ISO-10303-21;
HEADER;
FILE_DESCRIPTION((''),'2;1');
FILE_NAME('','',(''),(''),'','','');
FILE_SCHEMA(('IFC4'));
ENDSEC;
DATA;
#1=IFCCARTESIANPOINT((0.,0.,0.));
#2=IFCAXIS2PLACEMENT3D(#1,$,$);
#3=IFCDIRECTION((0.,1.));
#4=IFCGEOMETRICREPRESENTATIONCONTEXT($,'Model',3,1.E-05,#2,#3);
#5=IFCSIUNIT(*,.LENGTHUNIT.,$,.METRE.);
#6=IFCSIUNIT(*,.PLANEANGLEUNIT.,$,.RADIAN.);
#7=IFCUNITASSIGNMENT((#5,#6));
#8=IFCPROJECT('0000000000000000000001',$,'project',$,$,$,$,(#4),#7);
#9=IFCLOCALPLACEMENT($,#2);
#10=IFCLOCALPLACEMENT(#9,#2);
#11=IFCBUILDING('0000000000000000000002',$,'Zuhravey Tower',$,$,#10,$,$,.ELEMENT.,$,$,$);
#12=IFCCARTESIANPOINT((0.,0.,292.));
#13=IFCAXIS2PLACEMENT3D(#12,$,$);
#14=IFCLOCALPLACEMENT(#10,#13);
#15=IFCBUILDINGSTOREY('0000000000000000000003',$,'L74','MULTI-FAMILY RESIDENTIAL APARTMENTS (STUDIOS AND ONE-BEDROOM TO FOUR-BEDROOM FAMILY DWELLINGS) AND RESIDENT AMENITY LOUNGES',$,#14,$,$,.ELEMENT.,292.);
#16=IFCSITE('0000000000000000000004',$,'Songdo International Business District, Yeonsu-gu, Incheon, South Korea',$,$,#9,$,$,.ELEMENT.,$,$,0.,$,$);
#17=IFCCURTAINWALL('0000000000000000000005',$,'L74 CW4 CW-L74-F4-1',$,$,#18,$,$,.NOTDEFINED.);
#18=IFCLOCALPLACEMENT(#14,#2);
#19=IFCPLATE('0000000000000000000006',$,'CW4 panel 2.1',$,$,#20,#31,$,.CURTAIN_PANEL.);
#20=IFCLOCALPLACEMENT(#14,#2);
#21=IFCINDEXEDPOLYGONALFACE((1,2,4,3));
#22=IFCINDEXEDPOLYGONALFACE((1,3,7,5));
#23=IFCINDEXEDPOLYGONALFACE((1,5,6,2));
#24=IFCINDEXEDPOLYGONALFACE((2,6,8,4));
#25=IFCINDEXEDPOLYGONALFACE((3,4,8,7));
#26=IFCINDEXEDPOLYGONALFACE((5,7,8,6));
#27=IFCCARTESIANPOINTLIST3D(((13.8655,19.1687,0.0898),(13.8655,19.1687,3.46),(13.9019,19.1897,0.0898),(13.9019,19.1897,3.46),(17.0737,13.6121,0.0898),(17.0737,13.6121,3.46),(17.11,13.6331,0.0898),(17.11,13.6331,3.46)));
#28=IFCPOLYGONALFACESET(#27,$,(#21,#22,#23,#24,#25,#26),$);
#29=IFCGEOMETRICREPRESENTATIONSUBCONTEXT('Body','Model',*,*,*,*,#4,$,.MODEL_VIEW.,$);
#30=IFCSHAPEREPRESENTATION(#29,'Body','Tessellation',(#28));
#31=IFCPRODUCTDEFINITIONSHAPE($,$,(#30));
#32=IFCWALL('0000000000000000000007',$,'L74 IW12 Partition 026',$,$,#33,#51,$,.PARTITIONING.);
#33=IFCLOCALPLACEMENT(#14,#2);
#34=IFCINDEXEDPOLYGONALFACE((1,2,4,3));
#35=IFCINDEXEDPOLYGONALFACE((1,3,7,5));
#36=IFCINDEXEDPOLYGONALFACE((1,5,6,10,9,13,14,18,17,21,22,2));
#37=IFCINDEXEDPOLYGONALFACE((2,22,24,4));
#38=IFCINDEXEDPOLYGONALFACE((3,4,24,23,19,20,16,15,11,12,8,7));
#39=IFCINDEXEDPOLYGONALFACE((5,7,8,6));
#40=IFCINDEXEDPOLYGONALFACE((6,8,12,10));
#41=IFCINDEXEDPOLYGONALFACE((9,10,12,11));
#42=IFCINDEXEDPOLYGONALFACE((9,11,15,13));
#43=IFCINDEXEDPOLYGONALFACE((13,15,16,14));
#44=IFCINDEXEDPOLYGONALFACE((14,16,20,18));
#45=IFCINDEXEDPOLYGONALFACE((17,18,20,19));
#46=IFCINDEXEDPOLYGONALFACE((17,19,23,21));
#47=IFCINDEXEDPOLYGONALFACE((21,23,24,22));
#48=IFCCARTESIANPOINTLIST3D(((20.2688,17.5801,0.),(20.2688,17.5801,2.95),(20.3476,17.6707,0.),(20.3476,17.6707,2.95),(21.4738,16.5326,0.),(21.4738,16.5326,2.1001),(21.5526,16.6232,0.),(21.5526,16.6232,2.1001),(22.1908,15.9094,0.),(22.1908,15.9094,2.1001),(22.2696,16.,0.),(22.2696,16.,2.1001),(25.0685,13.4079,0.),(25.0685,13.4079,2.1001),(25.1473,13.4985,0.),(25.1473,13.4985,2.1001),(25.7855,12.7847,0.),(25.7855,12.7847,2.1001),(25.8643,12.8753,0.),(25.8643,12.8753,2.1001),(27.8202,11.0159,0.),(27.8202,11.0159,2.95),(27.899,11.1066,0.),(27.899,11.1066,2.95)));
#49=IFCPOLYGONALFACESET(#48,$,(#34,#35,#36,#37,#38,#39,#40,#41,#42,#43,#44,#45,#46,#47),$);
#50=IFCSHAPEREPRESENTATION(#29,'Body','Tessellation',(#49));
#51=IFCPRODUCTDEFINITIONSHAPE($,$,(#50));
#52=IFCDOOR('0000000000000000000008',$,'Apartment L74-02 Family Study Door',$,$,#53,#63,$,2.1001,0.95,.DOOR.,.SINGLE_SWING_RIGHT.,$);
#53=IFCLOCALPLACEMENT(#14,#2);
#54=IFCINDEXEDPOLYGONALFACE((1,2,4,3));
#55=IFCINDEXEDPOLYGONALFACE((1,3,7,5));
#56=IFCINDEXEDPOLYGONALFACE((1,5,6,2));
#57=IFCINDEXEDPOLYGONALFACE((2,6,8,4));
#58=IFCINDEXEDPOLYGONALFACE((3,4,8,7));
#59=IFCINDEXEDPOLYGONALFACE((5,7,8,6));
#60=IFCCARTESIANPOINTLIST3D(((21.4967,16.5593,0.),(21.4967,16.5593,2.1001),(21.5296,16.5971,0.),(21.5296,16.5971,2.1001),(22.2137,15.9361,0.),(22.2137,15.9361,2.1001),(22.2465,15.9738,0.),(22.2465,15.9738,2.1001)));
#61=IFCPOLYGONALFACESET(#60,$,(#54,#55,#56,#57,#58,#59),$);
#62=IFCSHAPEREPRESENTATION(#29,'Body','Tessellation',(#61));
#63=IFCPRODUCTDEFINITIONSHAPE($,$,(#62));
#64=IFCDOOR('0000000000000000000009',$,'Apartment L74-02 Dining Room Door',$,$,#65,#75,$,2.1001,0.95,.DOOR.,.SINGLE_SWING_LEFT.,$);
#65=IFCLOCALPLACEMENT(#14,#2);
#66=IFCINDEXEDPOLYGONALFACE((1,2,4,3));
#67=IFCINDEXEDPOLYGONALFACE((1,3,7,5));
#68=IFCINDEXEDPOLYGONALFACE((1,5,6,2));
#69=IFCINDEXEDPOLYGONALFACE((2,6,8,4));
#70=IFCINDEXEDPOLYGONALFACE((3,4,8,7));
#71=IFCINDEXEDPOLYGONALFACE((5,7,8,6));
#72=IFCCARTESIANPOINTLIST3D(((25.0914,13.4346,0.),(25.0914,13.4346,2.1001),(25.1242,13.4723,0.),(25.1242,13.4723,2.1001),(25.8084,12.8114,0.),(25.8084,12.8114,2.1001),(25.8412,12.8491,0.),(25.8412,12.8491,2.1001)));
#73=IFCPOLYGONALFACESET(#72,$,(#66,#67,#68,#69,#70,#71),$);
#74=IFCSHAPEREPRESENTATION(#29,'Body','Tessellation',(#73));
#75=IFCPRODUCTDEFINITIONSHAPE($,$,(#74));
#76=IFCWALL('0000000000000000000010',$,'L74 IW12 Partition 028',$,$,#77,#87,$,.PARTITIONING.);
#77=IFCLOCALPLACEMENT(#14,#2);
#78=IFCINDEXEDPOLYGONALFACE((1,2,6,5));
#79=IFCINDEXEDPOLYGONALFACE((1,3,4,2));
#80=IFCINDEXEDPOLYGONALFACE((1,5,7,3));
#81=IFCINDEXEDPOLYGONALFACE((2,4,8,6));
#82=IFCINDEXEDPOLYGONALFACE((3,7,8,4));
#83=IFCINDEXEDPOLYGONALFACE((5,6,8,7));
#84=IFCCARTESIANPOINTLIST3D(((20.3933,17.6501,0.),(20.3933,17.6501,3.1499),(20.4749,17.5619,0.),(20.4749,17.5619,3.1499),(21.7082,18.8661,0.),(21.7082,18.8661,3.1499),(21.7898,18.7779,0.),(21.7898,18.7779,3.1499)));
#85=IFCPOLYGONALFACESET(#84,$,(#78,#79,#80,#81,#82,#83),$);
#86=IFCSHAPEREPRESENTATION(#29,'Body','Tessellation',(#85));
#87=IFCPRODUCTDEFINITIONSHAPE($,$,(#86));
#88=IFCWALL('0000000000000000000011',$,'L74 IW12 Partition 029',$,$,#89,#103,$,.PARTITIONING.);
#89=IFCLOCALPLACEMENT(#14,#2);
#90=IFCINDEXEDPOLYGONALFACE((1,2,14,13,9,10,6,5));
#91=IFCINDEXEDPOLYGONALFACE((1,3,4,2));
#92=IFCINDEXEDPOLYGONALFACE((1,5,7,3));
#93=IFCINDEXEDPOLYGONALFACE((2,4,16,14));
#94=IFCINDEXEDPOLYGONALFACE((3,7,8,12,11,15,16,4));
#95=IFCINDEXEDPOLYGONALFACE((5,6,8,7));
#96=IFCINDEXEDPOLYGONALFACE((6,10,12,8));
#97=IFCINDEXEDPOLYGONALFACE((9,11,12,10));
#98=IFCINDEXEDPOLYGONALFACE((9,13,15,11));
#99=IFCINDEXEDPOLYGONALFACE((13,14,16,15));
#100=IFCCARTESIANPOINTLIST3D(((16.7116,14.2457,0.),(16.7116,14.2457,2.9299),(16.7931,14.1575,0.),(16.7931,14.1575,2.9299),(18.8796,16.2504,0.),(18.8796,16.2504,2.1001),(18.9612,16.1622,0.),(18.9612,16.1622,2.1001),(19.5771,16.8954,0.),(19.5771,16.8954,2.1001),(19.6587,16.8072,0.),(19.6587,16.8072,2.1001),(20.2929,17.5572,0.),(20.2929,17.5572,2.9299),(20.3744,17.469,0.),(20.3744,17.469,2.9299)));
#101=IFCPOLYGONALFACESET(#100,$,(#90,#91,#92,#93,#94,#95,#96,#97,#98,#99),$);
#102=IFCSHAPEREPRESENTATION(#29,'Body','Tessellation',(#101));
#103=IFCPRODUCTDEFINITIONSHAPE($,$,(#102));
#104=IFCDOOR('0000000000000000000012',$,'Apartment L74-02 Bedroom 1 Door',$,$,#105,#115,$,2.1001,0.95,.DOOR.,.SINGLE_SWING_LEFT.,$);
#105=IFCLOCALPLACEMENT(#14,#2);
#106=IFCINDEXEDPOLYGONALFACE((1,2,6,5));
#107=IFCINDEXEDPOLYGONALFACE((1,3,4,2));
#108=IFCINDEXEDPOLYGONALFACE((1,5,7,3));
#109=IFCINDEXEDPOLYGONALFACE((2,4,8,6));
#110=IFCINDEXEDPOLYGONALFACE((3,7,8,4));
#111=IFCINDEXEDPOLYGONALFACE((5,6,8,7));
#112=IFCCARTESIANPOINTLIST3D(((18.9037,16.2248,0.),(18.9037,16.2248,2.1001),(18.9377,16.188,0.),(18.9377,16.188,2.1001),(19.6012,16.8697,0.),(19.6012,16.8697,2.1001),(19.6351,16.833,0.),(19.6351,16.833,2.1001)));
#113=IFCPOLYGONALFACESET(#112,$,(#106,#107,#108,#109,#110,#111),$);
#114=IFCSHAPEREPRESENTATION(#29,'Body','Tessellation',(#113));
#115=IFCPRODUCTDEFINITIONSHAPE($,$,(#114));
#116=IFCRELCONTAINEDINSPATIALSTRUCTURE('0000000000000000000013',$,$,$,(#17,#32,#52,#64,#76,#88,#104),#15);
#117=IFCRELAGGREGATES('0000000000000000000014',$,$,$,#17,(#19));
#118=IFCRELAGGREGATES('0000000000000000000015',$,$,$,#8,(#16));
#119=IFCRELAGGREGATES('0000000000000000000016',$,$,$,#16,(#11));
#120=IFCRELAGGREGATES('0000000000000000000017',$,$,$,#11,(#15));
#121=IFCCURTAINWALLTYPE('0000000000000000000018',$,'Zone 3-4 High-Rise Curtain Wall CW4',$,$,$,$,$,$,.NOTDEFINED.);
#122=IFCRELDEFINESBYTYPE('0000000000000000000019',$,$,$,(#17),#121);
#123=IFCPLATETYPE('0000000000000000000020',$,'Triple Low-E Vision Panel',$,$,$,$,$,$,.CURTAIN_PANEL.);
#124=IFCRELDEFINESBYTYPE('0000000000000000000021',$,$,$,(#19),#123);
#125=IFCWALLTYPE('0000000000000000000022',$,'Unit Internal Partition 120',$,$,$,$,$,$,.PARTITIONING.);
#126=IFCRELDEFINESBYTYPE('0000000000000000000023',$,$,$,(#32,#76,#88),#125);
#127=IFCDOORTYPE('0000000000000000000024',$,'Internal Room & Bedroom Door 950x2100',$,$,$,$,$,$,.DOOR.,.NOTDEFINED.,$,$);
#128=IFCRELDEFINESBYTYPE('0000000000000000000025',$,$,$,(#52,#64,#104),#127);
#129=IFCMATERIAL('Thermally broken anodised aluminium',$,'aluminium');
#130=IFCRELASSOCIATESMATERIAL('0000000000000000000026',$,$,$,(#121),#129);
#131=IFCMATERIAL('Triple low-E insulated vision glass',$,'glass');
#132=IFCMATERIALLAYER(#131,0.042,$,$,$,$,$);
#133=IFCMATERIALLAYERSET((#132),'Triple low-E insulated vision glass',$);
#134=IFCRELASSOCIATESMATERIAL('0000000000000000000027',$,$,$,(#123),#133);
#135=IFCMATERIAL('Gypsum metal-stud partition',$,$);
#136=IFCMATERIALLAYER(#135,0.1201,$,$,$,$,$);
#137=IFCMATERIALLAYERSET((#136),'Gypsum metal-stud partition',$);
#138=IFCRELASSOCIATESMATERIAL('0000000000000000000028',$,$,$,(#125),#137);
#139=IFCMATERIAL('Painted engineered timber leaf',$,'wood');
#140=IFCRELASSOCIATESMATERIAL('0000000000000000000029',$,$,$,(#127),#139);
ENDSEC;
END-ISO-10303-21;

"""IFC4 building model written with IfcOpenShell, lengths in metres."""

from ifc_helpers import new_model, si_unit, direction, frame, frame_2d, origin, origin_2d, place, context, subcontext, project, spatial, rectangle, extrude, material, layer, layer_set, type_object, element, fill, aggregate, save


model = new_model("IFC4")

# Units and contexts
model_context = context("Model", 3, precision=1e-05, world=origin(), true_north=direction((0.0, 1.0)))
body_context = subcontext(model_context, "Body", "Model", "MODEL_VIEW")
ifc_project = project(units=[si_unit("LENGTHUNIT", "METRE"), si_unit("PLANEANGLEUNIT", "RADIAN")], contexts=[model_context])

# Site, building, storey
site_placement = place(None, origin())
site = spatial("IfcSite", under=ifc_project, at=site_placement, Name="Songdo International Business District, Yeonsu-gu, Incheon, South Korea", CompositionType="ELEMENT", RefElevation=0.0)
building_placement = place(site_placement, origin())
building = spatial("IfcBuilding", under=site, at=building_placement, Name="Zuhravey Tower", CompositionType="ELEMENT")
storey_placement = place(building_placement, frame((0.0, 0.0, 292.0)))
storey = spatial("IfcBuildingStorey", under=building, at=storey_placement, Name="L74", Description="MULTI-FAMILY RESIDENTIAL APARTMENTS (STUDIOS AND ONE-BEDROOM TO FOUR-BEDROOM FAMILY DWELLINGS) AND RESIDENT AMENITY LOUNGES", CompositionType="ELEMENT", Elevation=292.0)

# Curtain wall
ifc_material_1 = material(Name="Thermally broken anodised aluminium", Category="aluminium")
curtain_wall_type = type_object("IfcCurtainWallType", Name="Zone 3-4 High-Rise Curtain Wall CW4", PredefinedType="NOTDEFINED", material=ifc_material_1)
curtain_wall_placement = place(storey_placement, origin())
curtain_wall = element("IfcCurtainWall", 1, at=curtain_wall_placement, inside=storey, type_object=curtain_wall_type, Name="L74 CW4 CW-L74-F4-1", PredefinedType="NOTDEFINED")

# Plate
ifc_material_2 = material(Name="Triple low-E insulated vision glass", Category="glass")
ifc_layer_1 = layer(ifc_material_2, 0.042)
ifc_layer_set_1 = layer_set([ifc_layer_1], Name="Triple low-E insulated vision glass")
plate_type_1 = type_object("IfcPlateType", Name="Triple Low-E Vision Panel", PredefinedType="CURTAIN_PANEL", material=ifc_layer_set_1)
plate_1_placement = place(storey_placement, frame((15.4878, 16.4009, 0.0898), z_axis=(0.0, 0.0, 1.0), x_axis=(-0.500001, 0.866025, 0.0)))
plate_1 = element("IfcPlate", 2, at=plate_1_placement, type_object=plate_type_1, Name="CW4 panel 2.1", PredefinedType="CURTAIN_PANEL", context=body_context, shape_type="SweptSolid", body=[
    extrude(rectangle(XDim=6.4163, YDim=0.042, at=origin_2d()), origin(), (0.0, 0.0, 1.0), 3.3701),
])
aggregate(curtain_wall, [plate_1])

# Wall, openings, doors
ifc_material_3 = material(Name="Gypsum metal-stud partition")
ifc_layer_2 = layer(ifc_material_3, 0.1201)
ifc_layer_set_2 = layer_set([ifc_layer_2], Name="Gypsum metal-stud partition")
wall_type = type_object("IfcWallType", Name="Unit Internal Partition 120", PredefinedType="PARTITIONING", material=ifc_layer_set_2)
wall_1_placement = place(storey_placement, frame((20.3081, 17.6255, 0.0), z_axis=(0.0, 0.0, 1.0), x_axis=(0.754721, -0.656046, 0.0)))
wall_1 = element("IfcWall", 3, at=wall_1_placement, inside=storey, type_object=wall_type, Name="L74 IW12 Partition 026", PredefinedType="PARTITIONING", context=body_context, shape_type="SweptSolid", body=[
    extrude(rectangle(XDim=10.0056, YDim=0.1201, at=frame_2d((5.0029, 0.0))), origin(), (0.0, 0.0, 1.0), 2.95),
])
opening_1_placement = place(wall_1_placement, frame((1.5967, 0.0, 0.0)))
opening_1 = element("IfcOpeningElement", 4, at=opening_1_placement, cuts=wall_1, PredefinedType="OPENING", context=body_context, shape_type="SweptSolid", body=[
    extrude(rectangle(XDim=0.95, YDim=2.1001, at=frame_2d((0.4751, 1.05))), frame((0.0, 0.072, 0.0), z_axis=(0.0, -1.0, 0.0), x_axis=(1.0, 0.0, 0.0)), (0.0, 0.0, 1.0), 0.144),
])
opening_2_placement = place(wall_1_placement, frame((6.3596, 0.0, 0.0)))
opening_2 = element("IfcOpeningElement", 5, at=opening_2_placement, cuts=wall_1, PredefinedType="OPENING", context=body_context, shape_type="SweptSolid", body=[
    extrude(rectangle(XDim=0.95, YDim=2.1001, at=frame_2d((0.4751, 1.05))), frame((0.0, 0.072, 0.0), z_axis=(0.0, -1.0, 0.0), x_axis=(1.0, 0.0, 0.0)), (0.0, 0.0, 1.0), 0.144),
])
ifc_material_4 = material(Name="Painted engineered timber leaf", Category="wood")
door_type = type_object("IfcDoorType", Name="Internal Room & Bedroom Door 950x2100", OperationType="NOTDEFINED", PredefinedType="DOOR", material=ifc_material_4)
door_1_placement = place(opening_1_placement, frame((0.95, 0.0, 0.0), z_axis=(0.0, 0.0, 1.0), x_axis=(-1.0, 0.0, 0.0)))
door_1 = element("IfcDoor", 6, at=door_1_placement, inside=storey, type_object=door_type, Name="Apartment L74-02 Family Study Door", OperationType="SINGLE_SWING_RIGHT", OverallHeight=2.1001, OverallWidth=0.95, PredefinedType="DOOR", context=body_context, shape_type="SweptSolid", body=[
    extrude(rectangle(XDim=0.95, YDim=2.1001, at=frame_2d((0.4751, 1.05))), frame((0.0, 0.0249, 0.0), z_axis=(0.0, -1.0, 0.0), x_axis=(1.0, 0.0, 0.0)), (0.0, 0.0, 1.0), 0.05),
])
fill(opening_1, door_1)
door_2_placement = place(opening_2_placement, frame((0.95, 0.0, 0.0), z_axis=(0.0, 0.0, 1.0), x_axis=(-1.0, 0.0, 0.0)))
door_2 = element("IfcDoor", 7, at=door_2_placement, inside=storey, type_object=door_type, Name="Apartment L74-02 Dining Room Door", OperationType="SINGLE_SWING_LEFT", OverallHeight=2.1001, OverallWidth=0.95, PredefinedType="DOOR", context=body_context, shape_type="SweptSolid", body=[
    extrude(rectangle(XDim=0.95, YDim=2.1001, at=frame_2d((0.4751, 1.05))), frame((0.0, 0.0249, 0.0), z_axis=(0.0, -1.0, 0.0), x_axis=(1.0, 0.0, 0.0)), (0.0, 0.0, 1.0), 0.05),
])
fill(opening_2, door_2)

# Wall
wall_2_placement = place(storey_placement, frame((21.749, 18.822, 0.0), z_axis=(0.0, 0.0, 1.0), x_axis=(-0.734171, -0.678965, 0.0)))
element("IfcWall", 8, at=wall_2_placement, inside=storey, type_object=wall_type, Name="L74 IW12 Partition 028", PredefinedType="PARTITIONING", context=body_context, shape_type="SweptSolid", body=[
    extrude(rectangle(XDim=1.791, YDim=0.1201, at=frame_2d((0.8955, 0.0))), origin(), (0.0, 0.0, 1.0), 3.1499),
])

# Wall, opening, door
wall_3_placement = place(storey_placement, frame((20.3337, 17.5132, 0.0), z_axis=(0.0, 0.0, 1.0), x_axis=(-0.73422, -0.678912, 0.0)))
wall_3 = element("IfcWall", 9, at=wall_3_placement, inside=storey, type_object=wall_type, Name="L74 IW12 Partition 029", PredefinedType="PARTITIONING", context=body_context, shape_type="SweptSolid", body=[
    extrude(rectangle(XDim=4.8777, YDim=0.1201, at=frame_2d((2.439, 0.0))), origin(), (0.0, 0.0, 1.0), 2.9299),
])
opening_3_placement = place(wall_3_placement, frame((0.9749, 0.0, 0.0)))
opening_3 = element("IfcOpeningElement", 10, at=opening_3_placement, cuts=wall_3, PredefinedType="OPENING", context=body_context, shape_type="SweptSolid", body=[
    extrude(rectangle(XDim=0.95, YDim=2.1001, at=frame_2d((0.4751, 1.05))), frame((0.0, 0.072, 0.0), z_axis=(0.0, -1.0, 0.0), x_axis=(1.0, 0.0, 0.0)), (0.0, 0.0, 1.0), 0.144),
])
door_3_placement = place(opening_3_placement, frame((0.95, 0.0, 0.0), z_axis=(0.0, 0.0, 1.0), x_axis=(-1.0, 0.0, 0.0)))
door_3 = element("IfcDoor", 11, at=door_3_placement, inside=storey, type_object=door_type, Name="Apartment L74-02 Bedroom 1 Door", OperationType="SINGLE_SWING_LEFT", OverallHeight=2.1001, OverallWidth=0.95, PredefinedType="DOOR", context=body_context, shape_type="SweptSolid", body=[
    extrude(rectangle(XDim=0.95, YDim=2.1001, at=frame_2d((0.4751, 1.05))), frame((0.0, 0.0249, 0.0), z_axis=(0.0, -1.0, 0.0), x_axis=(1.0, 0.0, 0.0)), (0.0, 0.0, 1.0), 0.05),
])
fill(opening_3, door_3)

save(model, "model.ifc")
